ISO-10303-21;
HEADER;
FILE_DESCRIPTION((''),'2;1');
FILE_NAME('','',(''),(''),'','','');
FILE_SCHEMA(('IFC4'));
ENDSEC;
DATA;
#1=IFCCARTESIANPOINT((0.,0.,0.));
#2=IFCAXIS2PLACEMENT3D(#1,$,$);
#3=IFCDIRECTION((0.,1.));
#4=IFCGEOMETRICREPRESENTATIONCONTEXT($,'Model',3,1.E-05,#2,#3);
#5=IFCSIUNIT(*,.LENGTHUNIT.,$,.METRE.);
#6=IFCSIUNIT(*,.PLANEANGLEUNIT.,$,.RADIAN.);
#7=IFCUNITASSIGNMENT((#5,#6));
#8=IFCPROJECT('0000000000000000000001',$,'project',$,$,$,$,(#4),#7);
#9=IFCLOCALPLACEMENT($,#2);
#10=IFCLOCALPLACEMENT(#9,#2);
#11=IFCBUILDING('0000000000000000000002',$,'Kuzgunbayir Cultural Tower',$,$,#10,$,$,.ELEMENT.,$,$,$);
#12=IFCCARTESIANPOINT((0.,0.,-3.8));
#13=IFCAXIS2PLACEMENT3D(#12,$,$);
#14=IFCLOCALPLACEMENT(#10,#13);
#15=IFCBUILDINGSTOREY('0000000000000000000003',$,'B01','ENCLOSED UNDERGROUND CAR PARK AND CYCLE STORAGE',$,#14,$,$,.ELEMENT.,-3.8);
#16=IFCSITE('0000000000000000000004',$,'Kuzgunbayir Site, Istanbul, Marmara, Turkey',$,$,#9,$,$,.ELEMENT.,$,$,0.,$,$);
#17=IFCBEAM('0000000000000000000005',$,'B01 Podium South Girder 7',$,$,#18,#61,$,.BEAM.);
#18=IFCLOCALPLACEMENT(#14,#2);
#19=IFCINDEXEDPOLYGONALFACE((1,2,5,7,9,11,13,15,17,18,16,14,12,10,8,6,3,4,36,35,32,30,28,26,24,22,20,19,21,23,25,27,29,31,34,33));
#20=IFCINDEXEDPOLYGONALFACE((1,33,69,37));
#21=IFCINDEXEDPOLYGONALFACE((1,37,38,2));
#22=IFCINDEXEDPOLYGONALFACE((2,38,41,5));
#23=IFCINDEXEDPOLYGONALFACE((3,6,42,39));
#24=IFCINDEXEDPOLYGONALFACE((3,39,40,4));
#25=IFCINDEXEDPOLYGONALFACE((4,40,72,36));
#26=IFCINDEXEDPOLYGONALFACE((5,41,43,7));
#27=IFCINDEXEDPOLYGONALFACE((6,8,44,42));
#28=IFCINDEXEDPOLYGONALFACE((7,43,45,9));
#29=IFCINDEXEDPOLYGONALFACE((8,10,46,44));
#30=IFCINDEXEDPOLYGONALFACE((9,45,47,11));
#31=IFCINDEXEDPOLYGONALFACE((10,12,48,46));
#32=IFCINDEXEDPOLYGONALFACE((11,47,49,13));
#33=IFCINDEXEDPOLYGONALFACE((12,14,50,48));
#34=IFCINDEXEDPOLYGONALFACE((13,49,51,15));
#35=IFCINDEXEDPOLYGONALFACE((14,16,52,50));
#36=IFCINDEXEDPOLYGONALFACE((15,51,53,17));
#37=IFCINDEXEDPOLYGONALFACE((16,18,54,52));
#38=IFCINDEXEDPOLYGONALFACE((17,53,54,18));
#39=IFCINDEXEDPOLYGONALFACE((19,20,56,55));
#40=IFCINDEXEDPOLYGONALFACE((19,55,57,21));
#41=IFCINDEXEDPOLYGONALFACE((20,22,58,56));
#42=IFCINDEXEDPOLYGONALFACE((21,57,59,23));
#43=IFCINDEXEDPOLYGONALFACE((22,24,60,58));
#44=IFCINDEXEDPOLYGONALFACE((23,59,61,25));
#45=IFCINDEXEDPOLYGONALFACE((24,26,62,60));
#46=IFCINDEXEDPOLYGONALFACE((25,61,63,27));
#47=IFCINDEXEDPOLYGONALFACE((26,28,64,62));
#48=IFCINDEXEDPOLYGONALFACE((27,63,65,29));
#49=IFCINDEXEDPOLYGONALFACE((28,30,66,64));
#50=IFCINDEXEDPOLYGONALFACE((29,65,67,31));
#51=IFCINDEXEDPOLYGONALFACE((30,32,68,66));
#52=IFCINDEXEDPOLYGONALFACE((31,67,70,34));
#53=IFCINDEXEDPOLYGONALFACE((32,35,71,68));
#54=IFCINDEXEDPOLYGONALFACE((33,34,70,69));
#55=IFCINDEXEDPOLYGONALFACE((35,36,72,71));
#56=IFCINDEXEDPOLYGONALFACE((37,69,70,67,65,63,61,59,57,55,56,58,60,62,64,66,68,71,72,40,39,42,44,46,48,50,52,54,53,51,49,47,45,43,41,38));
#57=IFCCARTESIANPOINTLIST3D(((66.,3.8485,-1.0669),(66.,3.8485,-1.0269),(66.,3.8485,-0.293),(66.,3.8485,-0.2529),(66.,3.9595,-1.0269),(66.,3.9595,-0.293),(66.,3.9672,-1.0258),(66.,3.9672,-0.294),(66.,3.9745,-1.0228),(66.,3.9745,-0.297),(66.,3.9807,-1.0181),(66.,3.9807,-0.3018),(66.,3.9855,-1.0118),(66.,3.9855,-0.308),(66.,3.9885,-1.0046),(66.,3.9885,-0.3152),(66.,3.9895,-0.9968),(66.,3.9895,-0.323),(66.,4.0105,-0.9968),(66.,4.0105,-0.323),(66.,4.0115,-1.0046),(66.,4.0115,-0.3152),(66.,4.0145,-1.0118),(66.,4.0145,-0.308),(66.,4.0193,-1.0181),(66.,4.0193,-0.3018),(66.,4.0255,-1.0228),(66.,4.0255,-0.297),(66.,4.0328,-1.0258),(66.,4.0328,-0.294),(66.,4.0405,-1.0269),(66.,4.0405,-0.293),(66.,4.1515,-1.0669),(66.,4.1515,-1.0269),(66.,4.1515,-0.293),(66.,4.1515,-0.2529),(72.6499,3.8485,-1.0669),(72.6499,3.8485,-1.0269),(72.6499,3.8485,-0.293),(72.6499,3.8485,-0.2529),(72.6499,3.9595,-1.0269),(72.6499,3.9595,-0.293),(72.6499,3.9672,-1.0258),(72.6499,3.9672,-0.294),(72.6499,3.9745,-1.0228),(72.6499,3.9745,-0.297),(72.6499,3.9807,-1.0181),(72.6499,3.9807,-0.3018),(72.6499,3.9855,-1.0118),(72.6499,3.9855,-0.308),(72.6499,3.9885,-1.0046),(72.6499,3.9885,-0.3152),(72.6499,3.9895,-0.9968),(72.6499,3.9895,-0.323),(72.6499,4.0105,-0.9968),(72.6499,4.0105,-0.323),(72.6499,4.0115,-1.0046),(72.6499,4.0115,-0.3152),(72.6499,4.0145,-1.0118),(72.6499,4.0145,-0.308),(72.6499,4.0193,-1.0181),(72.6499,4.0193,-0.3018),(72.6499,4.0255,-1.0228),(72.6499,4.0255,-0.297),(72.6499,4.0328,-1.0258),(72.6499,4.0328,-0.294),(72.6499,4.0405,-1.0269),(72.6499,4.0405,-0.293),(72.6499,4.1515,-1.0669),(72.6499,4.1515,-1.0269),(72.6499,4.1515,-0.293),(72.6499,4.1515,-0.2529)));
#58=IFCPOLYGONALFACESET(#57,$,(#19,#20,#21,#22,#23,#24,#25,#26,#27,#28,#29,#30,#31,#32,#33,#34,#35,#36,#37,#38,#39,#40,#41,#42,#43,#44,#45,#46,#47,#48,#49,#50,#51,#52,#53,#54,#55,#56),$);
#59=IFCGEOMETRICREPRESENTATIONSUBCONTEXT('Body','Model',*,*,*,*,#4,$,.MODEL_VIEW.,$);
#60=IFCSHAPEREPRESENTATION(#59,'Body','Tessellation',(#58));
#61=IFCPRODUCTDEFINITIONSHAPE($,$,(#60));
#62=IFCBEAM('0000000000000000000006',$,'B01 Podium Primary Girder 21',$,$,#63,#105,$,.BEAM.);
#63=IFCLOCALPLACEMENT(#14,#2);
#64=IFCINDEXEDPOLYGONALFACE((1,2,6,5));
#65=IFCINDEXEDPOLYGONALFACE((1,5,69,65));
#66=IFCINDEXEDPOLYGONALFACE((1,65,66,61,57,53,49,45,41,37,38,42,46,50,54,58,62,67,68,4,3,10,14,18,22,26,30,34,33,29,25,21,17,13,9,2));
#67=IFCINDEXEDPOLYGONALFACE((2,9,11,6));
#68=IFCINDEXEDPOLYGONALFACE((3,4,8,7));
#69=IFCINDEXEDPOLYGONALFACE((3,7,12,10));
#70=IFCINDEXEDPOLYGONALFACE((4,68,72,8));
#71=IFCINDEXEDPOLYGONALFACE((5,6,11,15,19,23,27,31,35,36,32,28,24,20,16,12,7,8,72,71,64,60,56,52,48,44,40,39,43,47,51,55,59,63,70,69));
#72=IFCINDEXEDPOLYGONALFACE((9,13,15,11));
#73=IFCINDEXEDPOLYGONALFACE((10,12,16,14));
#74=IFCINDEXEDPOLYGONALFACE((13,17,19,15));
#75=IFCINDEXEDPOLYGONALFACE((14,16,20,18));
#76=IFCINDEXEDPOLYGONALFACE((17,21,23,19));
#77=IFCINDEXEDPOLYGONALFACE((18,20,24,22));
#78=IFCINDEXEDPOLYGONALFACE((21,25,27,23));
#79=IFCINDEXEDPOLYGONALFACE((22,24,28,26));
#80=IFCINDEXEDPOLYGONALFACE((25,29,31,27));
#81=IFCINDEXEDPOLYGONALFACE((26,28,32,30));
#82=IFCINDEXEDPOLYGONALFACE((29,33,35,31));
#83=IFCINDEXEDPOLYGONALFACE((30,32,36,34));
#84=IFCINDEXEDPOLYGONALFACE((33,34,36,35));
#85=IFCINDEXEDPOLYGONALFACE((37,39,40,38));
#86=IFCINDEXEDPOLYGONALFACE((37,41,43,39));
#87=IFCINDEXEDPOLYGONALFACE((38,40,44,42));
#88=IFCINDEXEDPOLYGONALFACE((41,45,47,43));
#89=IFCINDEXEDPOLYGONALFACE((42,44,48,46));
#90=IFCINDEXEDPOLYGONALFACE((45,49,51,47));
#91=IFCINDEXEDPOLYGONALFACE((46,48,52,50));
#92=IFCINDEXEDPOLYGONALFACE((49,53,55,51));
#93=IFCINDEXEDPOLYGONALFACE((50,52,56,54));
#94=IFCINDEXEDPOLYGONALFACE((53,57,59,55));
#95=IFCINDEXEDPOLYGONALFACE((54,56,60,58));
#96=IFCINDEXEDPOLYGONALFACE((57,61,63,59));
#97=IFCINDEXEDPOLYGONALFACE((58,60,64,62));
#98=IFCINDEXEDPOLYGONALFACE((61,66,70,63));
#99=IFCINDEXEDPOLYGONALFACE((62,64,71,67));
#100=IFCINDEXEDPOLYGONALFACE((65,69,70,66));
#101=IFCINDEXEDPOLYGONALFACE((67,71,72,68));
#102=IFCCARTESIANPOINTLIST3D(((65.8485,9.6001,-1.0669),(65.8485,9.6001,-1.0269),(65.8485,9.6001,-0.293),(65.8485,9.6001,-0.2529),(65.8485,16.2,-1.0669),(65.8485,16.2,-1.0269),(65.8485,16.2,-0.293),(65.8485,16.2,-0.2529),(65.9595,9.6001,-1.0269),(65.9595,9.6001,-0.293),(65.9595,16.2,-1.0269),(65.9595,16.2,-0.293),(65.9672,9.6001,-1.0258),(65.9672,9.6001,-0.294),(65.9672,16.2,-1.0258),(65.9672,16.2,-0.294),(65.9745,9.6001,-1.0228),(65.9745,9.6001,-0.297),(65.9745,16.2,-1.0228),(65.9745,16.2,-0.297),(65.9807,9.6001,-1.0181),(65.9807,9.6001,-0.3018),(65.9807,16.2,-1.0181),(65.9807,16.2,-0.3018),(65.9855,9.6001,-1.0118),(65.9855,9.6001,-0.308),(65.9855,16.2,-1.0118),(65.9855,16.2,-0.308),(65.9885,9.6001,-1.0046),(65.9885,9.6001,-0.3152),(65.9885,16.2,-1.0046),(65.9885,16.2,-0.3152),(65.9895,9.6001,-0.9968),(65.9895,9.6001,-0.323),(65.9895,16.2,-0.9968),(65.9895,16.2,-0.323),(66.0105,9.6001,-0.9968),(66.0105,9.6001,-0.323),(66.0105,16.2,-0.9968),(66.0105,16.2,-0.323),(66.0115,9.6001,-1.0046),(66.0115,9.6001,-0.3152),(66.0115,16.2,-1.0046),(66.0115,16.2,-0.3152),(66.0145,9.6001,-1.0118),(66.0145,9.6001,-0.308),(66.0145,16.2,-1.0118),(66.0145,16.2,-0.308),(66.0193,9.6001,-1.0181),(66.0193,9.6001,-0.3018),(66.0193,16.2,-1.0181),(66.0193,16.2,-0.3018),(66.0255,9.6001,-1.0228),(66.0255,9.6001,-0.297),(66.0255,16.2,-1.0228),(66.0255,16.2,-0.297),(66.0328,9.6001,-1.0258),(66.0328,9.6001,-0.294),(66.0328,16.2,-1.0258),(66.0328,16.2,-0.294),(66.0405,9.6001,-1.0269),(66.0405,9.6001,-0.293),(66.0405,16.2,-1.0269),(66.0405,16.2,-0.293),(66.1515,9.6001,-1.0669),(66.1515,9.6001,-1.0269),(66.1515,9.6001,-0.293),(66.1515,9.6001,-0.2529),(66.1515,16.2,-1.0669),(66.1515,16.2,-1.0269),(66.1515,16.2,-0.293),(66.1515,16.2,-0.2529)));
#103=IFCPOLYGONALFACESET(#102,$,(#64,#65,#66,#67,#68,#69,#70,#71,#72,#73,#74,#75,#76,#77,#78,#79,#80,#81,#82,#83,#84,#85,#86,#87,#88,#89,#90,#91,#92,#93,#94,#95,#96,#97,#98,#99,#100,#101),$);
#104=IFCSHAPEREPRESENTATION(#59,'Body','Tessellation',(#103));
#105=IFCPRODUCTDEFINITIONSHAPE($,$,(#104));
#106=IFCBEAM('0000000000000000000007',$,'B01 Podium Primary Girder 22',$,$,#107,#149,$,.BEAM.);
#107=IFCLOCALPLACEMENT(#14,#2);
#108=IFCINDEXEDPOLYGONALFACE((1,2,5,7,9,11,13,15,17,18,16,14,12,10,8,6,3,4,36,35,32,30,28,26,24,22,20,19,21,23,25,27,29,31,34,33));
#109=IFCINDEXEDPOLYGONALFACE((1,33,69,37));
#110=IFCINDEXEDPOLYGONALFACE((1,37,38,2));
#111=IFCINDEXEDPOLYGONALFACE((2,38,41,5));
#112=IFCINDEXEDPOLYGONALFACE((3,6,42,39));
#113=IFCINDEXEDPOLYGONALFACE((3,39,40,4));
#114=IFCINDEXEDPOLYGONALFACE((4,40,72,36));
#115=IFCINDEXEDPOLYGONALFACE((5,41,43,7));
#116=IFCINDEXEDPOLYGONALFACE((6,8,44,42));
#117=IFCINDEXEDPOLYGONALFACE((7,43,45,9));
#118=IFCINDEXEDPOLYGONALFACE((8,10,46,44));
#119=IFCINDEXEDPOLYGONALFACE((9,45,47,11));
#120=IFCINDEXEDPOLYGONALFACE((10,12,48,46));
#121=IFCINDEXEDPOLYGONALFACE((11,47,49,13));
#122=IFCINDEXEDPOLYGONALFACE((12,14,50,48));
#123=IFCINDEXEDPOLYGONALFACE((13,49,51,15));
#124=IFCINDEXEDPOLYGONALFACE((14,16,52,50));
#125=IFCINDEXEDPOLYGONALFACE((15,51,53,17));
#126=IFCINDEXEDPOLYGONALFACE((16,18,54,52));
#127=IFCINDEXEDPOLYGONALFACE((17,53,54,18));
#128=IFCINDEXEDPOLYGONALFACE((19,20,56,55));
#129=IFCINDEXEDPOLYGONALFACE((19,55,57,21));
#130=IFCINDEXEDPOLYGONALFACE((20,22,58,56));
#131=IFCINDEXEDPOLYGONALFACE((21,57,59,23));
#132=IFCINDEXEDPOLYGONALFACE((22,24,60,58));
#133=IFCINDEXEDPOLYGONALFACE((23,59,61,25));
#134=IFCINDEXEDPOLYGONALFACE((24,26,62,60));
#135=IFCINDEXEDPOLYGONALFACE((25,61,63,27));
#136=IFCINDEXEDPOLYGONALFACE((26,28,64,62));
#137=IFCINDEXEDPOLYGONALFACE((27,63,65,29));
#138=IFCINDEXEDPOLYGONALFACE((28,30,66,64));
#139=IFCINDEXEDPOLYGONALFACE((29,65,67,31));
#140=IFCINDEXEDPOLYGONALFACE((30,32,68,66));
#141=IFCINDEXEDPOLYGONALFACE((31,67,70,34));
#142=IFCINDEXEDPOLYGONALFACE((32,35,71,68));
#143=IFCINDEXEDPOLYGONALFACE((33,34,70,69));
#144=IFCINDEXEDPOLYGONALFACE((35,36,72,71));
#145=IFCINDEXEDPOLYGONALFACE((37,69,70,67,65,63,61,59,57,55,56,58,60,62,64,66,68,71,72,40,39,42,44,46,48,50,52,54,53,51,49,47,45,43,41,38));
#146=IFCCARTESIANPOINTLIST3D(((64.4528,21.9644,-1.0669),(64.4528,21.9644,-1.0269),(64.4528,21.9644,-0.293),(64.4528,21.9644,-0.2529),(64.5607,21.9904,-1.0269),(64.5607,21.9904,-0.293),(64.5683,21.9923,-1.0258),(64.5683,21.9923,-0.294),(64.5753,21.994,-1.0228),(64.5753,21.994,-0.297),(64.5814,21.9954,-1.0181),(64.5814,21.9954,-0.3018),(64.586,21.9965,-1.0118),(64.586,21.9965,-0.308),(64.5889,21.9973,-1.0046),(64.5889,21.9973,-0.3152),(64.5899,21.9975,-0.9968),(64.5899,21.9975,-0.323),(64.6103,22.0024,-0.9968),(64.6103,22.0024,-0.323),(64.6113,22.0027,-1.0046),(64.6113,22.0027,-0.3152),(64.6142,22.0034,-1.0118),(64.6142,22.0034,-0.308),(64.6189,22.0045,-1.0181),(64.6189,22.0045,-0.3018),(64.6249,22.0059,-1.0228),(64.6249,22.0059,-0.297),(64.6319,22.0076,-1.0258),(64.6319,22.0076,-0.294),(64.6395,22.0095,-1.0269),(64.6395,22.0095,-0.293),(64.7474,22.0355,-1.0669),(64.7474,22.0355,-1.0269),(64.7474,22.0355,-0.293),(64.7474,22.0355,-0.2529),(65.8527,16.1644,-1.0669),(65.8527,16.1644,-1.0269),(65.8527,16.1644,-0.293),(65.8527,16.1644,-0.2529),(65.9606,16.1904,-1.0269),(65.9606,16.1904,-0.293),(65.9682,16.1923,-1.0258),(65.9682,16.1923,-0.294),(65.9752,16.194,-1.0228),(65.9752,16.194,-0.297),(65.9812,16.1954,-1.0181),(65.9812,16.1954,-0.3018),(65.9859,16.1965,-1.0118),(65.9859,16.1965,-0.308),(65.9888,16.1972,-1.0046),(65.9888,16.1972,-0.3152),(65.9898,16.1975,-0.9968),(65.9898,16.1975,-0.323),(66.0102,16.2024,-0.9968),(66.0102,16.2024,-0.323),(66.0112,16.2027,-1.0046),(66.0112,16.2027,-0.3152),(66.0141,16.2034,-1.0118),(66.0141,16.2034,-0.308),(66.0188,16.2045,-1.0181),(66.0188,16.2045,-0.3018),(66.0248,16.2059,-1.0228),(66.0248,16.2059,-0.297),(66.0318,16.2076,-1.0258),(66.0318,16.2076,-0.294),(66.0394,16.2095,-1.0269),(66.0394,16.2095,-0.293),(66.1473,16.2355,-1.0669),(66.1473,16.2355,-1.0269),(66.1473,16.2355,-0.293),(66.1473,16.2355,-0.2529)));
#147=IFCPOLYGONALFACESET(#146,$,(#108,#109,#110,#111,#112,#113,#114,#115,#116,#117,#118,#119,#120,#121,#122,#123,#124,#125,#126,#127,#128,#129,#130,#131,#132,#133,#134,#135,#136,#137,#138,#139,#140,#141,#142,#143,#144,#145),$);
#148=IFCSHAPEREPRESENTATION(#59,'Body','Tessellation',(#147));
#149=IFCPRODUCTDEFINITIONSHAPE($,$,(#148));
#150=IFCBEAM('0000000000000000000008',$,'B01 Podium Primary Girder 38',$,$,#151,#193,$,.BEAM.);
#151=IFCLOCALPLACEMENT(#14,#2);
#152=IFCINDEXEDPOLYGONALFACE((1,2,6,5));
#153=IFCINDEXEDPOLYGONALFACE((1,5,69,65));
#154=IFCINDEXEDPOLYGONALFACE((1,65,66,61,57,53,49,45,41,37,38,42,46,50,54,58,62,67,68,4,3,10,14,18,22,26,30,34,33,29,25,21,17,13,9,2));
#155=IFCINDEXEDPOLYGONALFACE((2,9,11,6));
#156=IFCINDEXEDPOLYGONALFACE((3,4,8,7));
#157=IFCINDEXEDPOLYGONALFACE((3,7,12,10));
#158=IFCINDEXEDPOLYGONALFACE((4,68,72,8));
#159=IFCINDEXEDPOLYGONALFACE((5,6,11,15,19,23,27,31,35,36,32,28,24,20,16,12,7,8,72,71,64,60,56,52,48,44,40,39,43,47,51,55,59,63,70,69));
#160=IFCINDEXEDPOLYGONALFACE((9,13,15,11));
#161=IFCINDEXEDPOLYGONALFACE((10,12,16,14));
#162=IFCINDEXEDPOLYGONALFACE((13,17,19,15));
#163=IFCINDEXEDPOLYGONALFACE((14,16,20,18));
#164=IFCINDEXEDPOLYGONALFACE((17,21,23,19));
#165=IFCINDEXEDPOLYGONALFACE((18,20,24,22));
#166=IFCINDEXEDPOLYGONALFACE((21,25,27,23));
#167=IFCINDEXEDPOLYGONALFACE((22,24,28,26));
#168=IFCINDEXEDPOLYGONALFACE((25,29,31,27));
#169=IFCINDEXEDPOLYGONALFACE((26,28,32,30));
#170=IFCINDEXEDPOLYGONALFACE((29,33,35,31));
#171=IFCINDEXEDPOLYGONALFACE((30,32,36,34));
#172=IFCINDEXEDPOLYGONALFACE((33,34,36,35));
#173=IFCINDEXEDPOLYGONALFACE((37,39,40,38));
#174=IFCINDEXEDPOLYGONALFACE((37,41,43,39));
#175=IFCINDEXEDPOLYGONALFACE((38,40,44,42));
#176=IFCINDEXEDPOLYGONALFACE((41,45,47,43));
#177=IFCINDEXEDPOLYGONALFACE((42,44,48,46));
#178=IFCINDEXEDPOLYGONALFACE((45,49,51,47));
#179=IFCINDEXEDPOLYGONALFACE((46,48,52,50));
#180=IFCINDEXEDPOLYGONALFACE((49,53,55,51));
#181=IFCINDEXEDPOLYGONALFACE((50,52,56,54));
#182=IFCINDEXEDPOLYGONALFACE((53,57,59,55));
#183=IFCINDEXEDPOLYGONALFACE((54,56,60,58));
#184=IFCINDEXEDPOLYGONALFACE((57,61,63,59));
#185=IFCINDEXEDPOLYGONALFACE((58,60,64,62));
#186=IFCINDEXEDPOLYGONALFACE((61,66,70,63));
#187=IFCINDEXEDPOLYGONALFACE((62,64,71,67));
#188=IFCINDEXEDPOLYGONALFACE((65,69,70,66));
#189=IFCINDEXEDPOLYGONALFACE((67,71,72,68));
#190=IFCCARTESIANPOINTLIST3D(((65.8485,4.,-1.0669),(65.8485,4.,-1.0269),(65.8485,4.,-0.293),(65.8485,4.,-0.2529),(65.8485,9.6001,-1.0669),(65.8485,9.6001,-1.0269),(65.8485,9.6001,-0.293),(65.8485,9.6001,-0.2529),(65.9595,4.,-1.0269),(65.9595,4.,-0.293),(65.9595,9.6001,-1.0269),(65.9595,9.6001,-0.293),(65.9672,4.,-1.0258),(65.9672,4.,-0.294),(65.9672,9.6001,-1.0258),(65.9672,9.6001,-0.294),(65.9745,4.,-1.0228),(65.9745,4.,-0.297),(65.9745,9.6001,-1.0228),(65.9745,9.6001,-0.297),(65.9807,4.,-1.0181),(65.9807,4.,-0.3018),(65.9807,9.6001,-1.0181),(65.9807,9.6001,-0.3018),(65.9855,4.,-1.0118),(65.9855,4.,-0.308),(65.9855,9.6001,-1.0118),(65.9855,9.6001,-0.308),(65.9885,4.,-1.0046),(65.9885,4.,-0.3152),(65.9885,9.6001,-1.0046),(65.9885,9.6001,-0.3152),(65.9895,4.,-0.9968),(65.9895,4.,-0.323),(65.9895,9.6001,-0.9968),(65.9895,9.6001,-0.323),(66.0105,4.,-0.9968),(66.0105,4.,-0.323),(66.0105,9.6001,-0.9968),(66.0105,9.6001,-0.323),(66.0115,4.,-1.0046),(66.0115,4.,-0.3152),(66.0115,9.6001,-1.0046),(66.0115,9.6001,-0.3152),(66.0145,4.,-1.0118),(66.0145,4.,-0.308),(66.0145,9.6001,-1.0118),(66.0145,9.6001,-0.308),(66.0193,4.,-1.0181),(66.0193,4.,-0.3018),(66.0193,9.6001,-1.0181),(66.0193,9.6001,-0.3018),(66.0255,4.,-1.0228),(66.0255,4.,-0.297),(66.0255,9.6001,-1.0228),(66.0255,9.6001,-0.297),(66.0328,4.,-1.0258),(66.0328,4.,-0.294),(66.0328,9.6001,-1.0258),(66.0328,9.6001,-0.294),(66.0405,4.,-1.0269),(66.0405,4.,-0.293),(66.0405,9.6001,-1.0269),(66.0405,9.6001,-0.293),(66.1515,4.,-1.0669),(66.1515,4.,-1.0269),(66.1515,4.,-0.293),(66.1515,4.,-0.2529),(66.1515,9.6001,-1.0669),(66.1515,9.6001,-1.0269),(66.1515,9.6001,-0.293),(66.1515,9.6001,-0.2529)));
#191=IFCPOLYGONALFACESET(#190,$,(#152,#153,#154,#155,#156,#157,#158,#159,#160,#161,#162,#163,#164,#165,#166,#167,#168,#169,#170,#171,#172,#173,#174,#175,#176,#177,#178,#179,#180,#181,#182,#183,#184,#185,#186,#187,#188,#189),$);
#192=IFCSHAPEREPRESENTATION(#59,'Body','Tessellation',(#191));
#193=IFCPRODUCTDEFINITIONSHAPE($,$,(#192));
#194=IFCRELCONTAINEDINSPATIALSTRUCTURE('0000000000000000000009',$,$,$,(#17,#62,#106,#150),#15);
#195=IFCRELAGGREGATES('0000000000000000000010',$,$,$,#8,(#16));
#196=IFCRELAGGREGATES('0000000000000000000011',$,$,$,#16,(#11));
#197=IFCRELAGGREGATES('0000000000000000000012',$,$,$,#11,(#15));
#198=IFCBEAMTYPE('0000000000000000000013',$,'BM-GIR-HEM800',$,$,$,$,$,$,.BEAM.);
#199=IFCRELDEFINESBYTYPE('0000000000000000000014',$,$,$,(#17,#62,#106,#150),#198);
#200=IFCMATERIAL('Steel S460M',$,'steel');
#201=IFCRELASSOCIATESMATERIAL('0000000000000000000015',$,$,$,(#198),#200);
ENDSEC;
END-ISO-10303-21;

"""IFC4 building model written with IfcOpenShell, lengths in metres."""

from ifc_helpers import new_model, si_unit, direction, frame, origin, origin_2d, place, context, subcontext, project, spatial, i_section, extrude, material, material_profile, profile_set, type_object, element, save


model = new_model("IFC4")

# Units and contexts
model_context = context("Model", 3, precision=1e-05, world=origin(), true_north=direction((0.0, 1.0)))
body_context = subcontext(model_context, "Body", "Model", "MODEL_VIEW")
ifc_project = project(units=[si_unit("LENGTHUNIT", "METRE"), si_unit("PLANEANGLEUNIT", "RADIAN")], contexts=[model_context])

# Site, building, storey
site_placement = place(None, origin())
site = spatial("IfcSite", under=ifc_project, at=site_placement, Name="Kuzgunbayir Site, Istanbul, Marmara, Turkey", CompositionType="ELEMENT", RefElevation=0.0)
building_placement = place(site_placement, origin())
building = spatial("IfcBuilding", under=site, at=building_placement, Name="Kuzgunbayir Cultural Tower", CompositionType="ELEMENT")
storey_placement = place(building_placement, frame((0.0, 0.0, -3.8)))
storey = spatial("IfcBuildingStorey", under=building, at=storey_placement, Name="B01", Description="ENCLOSED UNDERGROUND CAR PARK AND CYCLE STORAGE", CompositionType="ELEMENT", Elevation=-3.8)

# Beams
ifc_material_1 = material(Name="Steel S460M", Category="steel")
ifc_material_profile_1 = material_profile(ifc_material_1, i_section(OverallWidth=0.303, OverallDepth=0.814, WebThickness=0.021, FlangeThickness=0.04, FilletRadius=0.03, at=origin_2d()), Name="HEM 800")
ifc_profile_set_1 = profile_set([ifc_material_profile_1], Name="Steel S460M")
beam_type_1 = type_object("IfcBeamType", Name="BM-GIR-HEM800", PredefinedType="BEAM", material=ifc_profile_set_1)
beam_1_placement = place(storey_placement, frame((66.0, 4.0, -0.6599), z_axis=(1.0, 0.0, 0.0), x_axis=(0.0, 1.0, 0.0)))
element("IfcBeam", 1, at=beam_1_placement, inside=storey, type_object=beam_type_1, Name="B01 Podium South Girder 7", PredefinedType="BEAM", context=body_context, shape_type="SweptSolid", body=[
    extrude(i_section(OverallWidth=0.303, OverallDepth=0.814, WebThickness=0.021, FlangeThickness=0.04, FilletRadius=0.03, at=origin_2d()), origin(), (0.0, 0.0, 1.0), 6.6499),
])
beam_2_placement = place(storey_placement, frame((66.0, 9.6001, -0.6599), z_axis=(0.0, 1.0, 0.0), x_axis=(-1.0, 0.0, 0.0)))
element("IfcBeam", 2, at=beam_2_placement, inside=storey, type_object=beam_type_1, Name="B01 Podium Primary Girder 21", PredefinedType="BEAM", context=body_context, shape_type="SweptSolid", body=[
    extrude(i_section(OverallWidth=0.303, OverallDepth=0.814, WebThickness=0.021, FlangeThickness=0.04, FilletRadius=0.03, at=origin_2d()), origin(), (0.0, 0.0, 1.0), 6.5999),
])
beam_3_placement = place(storey_placement, frame((66.0, 16.2, -0.6599), z_axis=(-0.234623, 0.972086, 0.0), x_axis=(-0.972086, -0.234623, 0.0)))
element("IfcBeam", 3, at=beam_3_placement, inside=storey, type_object=beam_type_1, Name="B01 Podium Primary Girder 22", PredefinedType="BEAM", context=body_context, shape_type="SweptSolid", body=[
    extrude(i_section(OverallWidth=0.303, OverallDepth=0.814, WebThickness=0.021, FlangeThickness=0.04, FilletRadius=0.03, at=origin_2d()), origin(), (0.0, 0.0, 1.0), 5.9666),
])
beam_4_placement = place(storey_placement, frame((66.0, 4.0, -0.6599), z_axis=(0.0, 1.0, 0.0), x_axis=(-1.0, 0.0, 0.0)))
element("IfcBeam", 4, at=beam_4_placement, inside=storey, type_object=beam_type_1, Name="B01 Podium Primary Girder 38", PredefinedType="BEAM", context=body_context, shape_type="SweptSolid", body=[
    extrude(i_section(OverallWidth=0.303, OverallDepth=0.814, WebThickness=0.021, FlangeThickness=0.04, FilletRadius=0.03, at=origin_2d()), origin(), (0.0, 0.0, 1.0), 5.6001),
])

save(model, "model.ifc")
